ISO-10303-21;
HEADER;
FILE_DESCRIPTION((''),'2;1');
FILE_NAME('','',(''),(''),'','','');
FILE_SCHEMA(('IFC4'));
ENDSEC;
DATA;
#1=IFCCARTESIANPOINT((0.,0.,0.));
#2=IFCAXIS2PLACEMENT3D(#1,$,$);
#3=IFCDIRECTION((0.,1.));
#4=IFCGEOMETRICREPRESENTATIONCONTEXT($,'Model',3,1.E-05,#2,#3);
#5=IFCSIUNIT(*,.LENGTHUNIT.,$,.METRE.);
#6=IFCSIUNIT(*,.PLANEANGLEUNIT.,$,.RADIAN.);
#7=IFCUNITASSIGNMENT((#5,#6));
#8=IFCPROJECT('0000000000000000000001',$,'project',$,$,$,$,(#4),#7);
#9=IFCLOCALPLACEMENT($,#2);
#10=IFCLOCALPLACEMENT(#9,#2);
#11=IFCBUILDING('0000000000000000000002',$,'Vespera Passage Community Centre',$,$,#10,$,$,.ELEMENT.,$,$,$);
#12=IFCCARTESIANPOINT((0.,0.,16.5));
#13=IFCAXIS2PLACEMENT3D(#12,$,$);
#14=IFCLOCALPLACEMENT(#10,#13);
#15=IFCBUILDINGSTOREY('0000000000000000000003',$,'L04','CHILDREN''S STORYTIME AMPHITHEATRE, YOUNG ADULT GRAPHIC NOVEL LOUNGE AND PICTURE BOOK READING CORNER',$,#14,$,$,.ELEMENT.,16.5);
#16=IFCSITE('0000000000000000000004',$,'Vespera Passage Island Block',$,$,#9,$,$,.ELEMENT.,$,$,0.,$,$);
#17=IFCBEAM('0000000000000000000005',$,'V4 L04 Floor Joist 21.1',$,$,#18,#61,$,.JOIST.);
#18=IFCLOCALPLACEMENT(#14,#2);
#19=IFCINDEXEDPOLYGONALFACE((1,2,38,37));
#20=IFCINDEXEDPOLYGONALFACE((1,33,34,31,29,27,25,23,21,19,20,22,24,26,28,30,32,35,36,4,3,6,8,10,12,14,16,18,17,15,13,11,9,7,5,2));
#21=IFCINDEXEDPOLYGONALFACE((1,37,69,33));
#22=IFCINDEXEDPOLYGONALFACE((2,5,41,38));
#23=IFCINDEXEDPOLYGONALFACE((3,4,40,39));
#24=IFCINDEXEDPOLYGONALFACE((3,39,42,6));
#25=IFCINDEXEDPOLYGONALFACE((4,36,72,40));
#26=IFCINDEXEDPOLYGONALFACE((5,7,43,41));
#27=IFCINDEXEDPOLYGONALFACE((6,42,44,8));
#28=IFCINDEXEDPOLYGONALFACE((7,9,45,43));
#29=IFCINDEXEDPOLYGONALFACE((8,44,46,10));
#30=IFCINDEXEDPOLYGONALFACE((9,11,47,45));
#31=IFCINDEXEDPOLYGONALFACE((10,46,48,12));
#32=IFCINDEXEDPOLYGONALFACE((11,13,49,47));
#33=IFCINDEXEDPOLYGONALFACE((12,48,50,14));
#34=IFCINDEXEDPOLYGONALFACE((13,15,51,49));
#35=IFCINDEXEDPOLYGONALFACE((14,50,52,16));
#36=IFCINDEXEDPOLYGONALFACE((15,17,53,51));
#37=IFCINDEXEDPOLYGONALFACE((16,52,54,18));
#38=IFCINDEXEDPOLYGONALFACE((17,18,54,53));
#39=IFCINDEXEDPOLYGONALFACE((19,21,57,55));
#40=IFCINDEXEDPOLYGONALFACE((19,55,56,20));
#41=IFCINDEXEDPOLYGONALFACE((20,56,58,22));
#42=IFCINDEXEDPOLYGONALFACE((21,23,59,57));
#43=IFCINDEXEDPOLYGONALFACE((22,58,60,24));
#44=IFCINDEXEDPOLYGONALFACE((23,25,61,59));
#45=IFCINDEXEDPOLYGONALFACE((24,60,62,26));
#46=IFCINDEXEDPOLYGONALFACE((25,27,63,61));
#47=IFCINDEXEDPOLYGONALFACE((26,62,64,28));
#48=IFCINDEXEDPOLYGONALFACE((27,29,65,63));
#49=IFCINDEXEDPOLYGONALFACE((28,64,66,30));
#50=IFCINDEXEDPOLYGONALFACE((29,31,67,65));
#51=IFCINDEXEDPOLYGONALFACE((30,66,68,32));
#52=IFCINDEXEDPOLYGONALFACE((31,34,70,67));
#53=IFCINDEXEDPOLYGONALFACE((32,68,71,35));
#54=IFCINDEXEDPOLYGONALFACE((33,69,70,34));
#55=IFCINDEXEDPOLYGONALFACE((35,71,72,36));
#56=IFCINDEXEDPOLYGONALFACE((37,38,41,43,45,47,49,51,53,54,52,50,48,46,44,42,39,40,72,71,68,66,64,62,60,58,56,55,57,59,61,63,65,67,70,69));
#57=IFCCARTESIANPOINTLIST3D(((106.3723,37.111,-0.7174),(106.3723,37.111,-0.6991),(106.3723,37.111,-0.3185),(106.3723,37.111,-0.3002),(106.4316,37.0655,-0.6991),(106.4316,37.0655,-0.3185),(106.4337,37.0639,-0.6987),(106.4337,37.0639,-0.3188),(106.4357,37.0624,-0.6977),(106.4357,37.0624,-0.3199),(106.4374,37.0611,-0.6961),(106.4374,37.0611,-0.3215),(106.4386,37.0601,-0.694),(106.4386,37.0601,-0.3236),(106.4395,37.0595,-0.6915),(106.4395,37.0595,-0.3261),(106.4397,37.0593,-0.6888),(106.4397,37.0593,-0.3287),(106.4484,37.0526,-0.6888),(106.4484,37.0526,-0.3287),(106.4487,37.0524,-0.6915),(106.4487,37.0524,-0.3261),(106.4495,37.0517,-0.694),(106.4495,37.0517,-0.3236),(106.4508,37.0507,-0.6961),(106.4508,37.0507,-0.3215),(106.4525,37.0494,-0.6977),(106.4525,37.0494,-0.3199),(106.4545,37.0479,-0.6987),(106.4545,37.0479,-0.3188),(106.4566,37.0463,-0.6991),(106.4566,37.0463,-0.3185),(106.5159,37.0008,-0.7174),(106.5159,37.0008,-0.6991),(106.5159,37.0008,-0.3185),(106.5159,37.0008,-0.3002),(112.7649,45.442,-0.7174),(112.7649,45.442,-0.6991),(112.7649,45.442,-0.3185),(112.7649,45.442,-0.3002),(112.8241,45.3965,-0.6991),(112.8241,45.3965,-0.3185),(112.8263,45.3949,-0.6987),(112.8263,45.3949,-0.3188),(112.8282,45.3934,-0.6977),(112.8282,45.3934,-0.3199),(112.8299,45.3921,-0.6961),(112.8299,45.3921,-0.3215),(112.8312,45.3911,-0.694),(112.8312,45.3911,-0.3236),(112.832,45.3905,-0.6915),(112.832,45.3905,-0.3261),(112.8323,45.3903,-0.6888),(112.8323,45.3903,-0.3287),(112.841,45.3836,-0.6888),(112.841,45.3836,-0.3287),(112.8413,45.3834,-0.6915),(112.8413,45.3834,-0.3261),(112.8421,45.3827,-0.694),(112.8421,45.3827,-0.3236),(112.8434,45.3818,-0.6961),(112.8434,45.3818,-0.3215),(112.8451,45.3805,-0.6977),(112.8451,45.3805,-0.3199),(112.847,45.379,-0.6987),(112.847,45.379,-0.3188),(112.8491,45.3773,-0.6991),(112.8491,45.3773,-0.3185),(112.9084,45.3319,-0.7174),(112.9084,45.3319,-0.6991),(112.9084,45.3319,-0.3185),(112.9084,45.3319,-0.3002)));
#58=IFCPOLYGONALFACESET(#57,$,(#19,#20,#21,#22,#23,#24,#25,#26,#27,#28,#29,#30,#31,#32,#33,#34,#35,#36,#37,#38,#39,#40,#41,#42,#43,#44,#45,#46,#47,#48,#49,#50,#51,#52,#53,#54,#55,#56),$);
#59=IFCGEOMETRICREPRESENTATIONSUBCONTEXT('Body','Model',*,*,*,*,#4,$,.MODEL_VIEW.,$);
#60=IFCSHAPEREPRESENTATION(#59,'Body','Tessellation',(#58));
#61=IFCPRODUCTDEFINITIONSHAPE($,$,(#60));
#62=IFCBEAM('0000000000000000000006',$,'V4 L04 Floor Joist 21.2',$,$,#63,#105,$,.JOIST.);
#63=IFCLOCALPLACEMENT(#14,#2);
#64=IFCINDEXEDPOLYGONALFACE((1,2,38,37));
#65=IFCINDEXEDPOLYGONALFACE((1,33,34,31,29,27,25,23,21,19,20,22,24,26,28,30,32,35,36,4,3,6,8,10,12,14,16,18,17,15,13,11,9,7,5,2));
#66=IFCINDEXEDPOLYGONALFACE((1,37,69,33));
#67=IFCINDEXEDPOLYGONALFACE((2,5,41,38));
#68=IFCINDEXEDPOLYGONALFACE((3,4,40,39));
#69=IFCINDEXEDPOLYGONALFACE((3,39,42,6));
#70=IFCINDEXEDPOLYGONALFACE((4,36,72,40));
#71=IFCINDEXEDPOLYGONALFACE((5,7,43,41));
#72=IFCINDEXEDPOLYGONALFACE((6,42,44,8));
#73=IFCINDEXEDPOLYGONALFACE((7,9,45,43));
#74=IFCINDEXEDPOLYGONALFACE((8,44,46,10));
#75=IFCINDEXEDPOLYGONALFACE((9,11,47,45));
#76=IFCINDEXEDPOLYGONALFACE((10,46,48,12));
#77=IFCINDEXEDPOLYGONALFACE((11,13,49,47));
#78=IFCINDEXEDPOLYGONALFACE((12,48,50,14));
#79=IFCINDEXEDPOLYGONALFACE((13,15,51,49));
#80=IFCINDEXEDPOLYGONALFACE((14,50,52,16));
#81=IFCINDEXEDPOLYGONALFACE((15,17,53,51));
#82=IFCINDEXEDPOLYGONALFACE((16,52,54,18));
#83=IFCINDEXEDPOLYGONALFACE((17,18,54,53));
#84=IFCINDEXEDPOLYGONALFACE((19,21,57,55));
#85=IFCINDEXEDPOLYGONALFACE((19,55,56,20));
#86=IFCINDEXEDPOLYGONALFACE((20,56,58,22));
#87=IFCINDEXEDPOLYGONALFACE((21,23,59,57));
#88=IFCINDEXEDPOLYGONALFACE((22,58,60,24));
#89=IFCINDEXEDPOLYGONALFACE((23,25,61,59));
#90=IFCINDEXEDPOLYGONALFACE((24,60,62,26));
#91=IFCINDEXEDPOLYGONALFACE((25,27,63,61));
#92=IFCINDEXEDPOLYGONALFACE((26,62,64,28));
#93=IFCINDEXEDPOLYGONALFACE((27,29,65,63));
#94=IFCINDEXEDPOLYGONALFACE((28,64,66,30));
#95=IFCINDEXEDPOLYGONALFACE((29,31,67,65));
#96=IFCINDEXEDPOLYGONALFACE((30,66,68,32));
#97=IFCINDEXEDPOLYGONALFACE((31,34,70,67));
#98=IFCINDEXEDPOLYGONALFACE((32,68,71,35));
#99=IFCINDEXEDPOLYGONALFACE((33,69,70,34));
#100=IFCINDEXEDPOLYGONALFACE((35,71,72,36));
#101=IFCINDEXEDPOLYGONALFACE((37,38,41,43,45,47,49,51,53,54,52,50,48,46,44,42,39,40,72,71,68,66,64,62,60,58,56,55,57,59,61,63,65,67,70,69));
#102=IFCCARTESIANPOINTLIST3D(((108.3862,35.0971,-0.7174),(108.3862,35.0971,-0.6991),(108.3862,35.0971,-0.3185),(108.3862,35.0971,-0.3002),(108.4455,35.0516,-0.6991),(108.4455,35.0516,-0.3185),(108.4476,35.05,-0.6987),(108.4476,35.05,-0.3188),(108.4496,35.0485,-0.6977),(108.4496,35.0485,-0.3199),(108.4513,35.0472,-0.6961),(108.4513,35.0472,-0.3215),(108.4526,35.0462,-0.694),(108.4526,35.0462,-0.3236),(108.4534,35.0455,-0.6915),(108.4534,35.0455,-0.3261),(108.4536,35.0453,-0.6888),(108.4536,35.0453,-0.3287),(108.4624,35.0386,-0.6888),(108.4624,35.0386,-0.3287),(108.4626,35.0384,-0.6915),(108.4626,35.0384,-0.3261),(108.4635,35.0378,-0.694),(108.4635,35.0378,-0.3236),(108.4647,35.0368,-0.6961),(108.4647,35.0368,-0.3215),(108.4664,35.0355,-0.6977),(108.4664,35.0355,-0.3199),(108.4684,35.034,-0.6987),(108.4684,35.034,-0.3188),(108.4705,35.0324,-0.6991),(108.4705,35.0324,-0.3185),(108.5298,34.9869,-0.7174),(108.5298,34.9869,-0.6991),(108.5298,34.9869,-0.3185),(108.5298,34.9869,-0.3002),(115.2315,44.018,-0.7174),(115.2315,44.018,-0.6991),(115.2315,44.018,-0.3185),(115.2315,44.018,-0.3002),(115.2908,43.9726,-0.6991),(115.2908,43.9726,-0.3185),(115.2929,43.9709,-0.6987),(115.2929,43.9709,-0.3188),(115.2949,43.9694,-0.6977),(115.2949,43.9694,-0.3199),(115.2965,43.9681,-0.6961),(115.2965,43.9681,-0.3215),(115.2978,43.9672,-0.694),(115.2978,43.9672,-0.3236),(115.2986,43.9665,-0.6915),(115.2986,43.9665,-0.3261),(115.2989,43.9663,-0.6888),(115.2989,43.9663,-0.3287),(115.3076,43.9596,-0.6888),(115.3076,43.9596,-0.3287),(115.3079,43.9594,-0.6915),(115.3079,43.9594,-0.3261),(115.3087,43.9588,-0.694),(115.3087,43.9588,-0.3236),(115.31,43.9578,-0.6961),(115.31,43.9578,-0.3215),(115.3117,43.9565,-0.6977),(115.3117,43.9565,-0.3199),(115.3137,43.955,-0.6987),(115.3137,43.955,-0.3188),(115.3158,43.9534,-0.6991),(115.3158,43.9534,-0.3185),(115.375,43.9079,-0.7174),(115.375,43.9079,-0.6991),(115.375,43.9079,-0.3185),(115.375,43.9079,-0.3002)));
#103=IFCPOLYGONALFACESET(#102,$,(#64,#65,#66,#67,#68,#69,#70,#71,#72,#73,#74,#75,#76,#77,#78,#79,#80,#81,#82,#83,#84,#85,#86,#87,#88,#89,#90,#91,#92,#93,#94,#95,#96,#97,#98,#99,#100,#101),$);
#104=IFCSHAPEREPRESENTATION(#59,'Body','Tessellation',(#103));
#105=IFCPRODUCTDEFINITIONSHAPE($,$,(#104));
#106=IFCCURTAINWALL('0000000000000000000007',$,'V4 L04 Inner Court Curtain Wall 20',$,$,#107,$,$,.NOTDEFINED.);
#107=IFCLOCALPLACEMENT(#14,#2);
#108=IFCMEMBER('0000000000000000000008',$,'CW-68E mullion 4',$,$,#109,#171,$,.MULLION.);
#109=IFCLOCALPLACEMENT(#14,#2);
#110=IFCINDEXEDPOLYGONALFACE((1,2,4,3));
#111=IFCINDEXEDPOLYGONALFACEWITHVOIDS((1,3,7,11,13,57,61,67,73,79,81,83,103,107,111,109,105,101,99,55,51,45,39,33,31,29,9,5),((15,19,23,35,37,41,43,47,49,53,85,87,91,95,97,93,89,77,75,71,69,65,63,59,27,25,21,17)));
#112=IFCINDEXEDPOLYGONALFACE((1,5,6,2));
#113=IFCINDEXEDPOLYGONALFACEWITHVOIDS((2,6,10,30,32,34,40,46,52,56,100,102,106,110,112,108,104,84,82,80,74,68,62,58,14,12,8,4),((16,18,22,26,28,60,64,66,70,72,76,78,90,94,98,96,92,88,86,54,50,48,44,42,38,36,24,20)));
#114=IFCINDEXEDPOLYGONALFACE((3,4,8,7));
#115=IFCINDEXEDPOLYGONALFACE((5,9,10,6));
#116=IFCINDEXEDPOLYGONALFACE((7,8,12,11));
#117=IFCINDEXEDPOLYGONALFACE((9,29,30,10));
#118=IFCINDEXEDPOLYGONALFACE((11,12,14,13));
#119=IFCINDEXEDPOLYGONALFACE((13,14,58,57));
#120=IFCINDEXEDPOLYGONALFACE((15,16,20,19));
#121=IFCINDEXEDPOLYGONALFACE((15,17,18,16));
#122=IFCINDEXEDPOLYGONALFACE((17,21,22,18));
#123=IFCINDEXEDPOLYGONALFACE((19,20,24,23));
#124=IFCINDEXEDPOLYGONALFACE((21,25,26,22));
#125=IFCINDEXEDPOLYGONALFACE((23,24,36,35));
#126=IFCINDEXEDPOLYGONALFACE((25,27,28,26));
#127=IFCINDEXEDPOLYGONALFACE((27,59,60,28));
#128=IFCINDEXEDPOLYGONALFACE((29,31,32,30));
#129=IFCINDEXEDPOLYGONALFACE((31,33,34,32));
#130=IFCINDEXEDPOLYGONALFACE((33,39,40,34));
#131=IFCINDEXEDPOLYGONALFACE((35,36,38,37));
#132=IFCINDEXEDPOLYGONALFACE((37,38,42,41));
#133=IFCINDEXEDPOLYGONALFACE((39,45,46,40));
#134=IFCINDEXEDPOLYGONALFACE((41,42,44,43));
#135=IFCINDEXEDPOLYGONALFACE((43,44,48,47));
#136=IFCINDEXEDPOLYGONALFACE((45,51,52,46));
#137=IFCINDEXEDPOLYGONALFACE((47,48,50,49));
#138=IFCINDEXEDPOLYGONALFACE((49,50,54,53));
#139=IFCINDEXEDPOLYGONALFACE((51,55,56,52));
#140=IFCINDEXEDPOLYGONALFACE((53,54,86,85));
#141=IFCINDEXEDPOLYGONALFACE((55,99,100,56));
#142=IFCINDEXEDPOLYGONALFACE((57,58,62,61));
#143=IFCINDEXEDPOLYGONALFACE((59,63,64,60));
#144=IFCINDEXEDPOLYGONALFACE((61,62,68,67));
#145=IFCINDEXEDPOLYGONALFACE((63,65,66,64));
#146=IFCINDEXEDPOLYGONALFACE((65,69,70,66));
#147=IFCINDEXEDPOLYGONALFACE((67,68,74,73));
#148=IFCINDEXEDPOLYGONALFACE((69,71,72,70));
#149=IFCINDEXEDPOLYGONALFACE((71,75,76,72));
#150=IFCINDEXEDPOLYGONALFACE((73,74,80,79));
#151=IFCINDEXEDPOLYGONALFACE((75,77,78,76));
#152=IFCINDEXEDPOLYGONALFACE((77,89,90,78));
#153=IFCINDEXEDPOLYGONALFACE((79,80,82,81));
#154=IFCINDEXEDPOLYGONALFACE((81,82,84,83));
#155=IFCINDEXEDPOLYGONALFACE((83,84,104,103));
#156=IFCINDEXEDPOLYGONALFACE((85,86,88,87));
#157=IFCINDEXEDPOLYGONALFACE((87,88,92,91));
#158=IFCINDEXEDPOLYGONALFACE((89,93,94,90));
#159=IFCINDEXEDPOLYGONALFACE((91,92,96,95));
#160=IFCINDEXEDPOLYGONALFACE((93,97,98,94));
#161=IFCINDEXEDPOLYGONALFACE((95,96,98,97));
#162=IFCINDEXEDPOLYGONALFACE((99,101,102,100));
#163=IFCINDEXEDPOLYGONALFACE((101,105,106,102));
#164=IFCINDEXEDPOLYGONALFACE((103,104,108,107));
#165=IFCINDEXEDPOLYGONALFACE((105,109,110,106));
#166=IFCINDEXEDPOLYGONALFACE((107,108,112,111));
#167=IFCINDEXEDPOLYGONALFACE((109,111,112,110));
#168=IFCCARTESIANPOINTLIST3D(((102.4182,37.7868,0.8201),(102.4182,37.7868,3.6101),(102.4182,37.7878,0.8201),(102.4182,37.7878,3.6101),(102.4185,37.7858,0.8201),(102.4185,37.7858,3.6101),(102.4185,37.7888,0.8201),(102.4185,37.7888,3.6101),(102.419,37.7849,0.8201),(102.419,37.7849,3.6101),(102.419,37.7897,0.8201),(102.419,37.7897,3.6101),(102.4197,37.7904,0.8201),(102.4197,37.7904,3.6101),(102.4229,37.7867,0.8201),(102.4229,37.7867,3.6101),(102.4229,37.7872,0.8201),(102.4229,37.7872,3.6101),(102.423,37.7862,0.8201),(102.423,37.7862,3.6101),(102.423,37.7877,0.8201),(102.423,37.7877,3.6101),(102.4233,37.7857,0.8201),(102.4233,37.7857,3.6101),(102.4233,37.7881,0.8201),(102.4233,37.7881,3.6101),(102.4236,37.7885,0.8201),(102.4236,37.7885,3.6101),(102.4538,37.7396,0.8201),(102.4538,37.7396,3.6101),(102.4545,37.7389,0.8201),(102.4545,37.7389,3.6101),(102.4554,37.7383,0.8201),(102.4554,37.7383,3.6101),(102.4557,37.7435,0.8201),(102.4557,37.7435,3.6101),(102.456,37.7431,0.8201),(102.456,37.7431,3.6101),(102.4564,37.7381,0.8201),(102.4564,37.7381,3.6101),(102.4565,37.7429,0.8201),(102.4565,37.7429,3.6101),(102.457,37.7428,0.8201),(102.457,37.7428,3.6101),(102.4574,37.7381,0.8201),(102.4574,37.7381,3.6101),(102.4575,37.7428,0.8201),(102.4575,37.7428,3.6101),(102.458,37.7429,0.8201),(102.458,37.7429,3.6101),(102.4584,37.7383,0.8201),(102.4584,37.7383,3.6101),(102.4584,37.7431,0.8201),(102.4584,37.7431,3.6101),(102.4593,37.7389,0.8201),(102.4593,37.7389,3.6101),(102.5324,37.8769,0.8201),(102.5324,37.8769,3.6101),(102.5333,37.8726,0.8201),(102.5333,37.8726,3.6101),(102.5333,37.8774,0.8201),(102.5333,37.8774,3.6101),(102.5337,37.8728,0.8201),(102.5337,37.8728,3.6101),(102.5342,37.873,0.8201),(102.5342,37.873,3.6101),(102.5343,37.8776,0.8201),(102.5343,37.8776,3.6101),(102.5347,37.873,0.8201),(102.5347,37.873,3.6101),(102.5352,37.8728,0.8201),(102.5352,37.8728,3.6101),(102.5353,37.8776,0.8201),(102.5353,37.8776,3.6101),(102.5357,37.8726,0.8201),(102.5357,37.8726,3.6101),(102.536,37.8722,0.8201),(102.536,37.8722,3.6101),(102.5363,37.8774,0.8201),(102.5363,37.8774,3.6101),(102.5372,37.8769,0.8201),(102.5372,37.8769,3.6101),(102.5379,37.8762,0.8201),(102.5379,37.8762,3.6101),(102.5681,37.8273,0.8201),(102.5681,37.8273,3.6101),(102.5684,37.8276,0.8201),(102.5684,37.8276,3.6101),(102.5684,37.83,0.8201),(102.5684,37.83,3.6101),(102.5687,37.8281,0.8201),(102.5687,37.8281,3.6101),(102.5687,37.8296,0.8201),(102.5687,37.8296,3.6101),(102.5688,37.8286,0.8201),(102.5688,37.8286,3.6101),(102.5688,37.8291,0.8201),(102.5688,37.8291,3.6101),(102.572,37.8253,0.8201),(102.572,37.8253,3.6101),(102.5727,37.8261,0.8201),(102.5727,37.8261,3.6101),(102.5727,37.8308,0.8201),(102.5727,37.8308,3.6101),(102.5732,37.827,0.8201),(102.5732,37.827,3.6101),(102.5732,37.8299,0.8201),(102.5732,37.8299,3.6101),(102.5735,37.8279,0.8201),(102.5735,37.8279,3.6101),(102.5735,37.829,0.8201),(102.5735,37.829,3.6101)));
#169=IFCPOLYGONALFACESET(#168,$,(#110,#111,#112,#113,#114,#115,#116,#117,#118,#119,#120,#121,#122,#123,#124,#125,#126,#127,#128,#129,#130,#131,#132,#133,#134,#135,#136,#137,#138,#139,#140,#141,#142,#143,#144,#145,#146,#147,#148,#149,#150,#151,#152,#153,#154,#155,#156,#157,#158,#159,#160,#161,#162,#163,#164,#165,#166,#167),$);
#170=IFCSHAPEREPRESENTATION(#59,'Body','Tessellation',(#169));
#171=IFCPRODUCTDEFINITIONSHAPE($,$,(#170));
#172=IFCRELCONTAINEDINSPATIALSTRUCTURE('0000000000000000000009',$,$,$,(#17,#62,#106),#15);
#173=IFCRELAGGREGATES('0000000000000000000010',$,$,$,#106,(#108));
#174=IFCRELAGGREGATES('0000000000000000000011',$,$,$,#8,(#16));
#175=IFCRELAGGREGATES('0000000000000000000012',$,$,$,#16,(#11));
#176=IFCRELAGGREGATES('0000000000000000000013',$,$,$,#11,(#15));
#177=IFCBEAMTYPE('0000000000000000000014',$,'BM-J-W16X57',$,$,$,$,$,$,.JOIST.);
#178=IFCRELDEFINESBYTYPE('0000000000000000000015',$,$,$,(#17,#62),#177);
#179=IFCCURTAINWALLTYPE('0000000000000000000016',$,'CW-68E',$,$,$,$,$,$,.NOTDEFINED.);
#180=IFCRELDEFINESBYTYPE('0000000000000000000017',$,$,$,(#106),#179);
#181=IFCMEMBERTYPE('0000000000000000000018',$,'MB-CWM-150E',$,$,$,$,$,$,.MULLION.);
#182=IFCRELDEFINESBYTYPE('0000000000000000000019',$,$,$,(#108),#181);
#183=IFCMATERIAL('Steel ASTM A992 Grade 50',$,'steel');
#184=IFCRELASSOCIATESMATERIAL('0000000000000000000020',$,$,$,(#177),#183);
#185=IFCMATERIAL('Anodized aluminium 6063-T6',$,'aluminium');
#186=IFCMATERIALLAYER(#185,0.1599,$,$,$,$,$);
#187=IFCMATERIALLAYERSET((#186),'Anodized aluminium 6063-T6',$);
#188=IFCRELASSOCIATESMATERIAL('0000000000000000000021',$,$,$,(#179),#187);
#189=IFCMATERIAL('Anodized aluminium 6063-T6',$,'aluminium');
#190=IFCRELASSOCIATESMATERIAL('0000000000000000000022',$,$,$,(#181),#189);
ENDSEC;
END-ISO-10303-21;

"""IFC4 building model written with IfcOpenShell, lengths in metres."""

from ifc_helpers import new_model, si_unit, direction, frame, origin, origin_2d, place, context, subcontext, project, spatial, hollow_rectangle, i_section, extrude, material, layer, layer_set, material_profile, profile_set, type_object, element, aggregate, save


model = new_model("IFC4")

# Units and contexts
model_context = context("Model", 3, precision=1e-05, world=origin(), true_north=direction((0.0, 1.0)))
body_context = subcontext(model_context, "Body", "Model", "MODEL_VIEW")
ifc_project = project(units=[si_unit("LENGTHUNIT", "METRE"), si_unit("PLANEANGLEUNIT", "RADIAN")], contexts=[model_context])

# Site, building, storey
site_placement = place(None, origin())
site = spatial("IfcSite", under=ifc_project, at=site_placement, Name="Vespera Passage Island Block", CompositionType="ELEMENT", RefElevation=0.0)
building_placement = place(site_placement, origin())
building = spatial("IfcBuilding", under=site, at=building_placement, Name="Vespera Passage Community Centre", CompositionType="ELEMENT")
storey_placement = place(building_placement, frame((0.0, 0.0, 16.5)))
storey = spatial("IfcBuildingStorey", under=building, at=storey_placement, Name="L04", Description="CHILDREN'S STORYTIME AMPHITHEATRE, YOUNG ADULT GRAPHIC NOVEL LOUNGE AND PICTURE BOOK READING CORNER", CompositionType="ELEMENT", Elevation=16.5)

# Beams
ifc_material_1 = material(Name="Steel ASTM A992 Grade 50", Category="steel")
ifc_material_profile_1 = material_profile(ifc_material_1, i_section(OverallWidth=0.1809, OverallDepth=0.4172, WebThickness=0.011, FlangeThickness=0.0183, FilletRadius=0.0103, at=origin_2d()), Name="W16X57")
ifc_profile_set_1 = profile_set([ifc_material_profile_1], Name="Steel ASTM A992 Grade 50")
beam_type = type_object("IfcBeamType", Name="BM-J-W16X57", PredefinedType="JOIST", material=ifc_profile_set_1)
beam_1_placement = place(storey_placement, frame((106.4441, 37.0559, -0.5088), z_axis=(0.608758, 0.793356, 0.0), x_axis=(-0.793356, 0.608758, 0.0)))
element("IfcBeam", 1, at=beam_1_placement, inside=storey, type_object=beam_type, Name="V4 L04 Floor Joist 21.1", PredefinedType="JOIST", context=body_context, shape_type="SweptSolid", body=[
    extrude(i_section(OverallWidth=0.1809, OverallDepth=0.4172, WebThickness=0.011, FlangeThickness=0.0183, FilletRadius=0.0103, at=origin_2d()), origin(), (0.0, 0.0, 1.0), 10.501),
])
beam_2_placement = place(storey_placement, frame((108.458, 35.042, -0.5088), z_axis=(0.60876, 0.793355, 0.0), x_axis=(-0.793355, 0.60876, 0.0)))
element("IfcBeam", 2, at=beam_2_placement, inside=storey, type_object=beam_type, Name="V4 L04 Floor Joist 21.2", PredefinedType="JOIST", context=body_context, shape_type="SweptSolid", body=[
    extrude(i_section(OverallWidth=0.1809, OverallDepth=0.4172, WebThickness=0.011, FlangeThickness=0.0183, FilletRadius=0.0103, at=origin_2d()), origin(), (0.0, 0.0, 1.0), 11.2446),
])

# Curtain wall, member
ifc_material_2 = material(Name="Anodized aluminium 6063-T6", Category="aluminium")
ifc_layer_1 = layer(ifc_material_2, 0.1599)
ifc_layer_set_1 = layer_set([ifc_layer_1], Name="Anodized aluminium 6063-T6")
curtain_wall_type_1 = type_object("IfcCurtainWallType", Name="CW-68E", PredefinedType="NOTDEFINED", material=ifc_layer_set_1)
curtain_wall_1_placement = place(storey_placement, origin())
curtain_wall_1 = element("IfcCurtainWall", 3, at=curtain_wall_1_placement, inside=storey, type_object=curtain_wall_type_1, Name="V4 L04 Inner Court Curtain Wall 20", PredefinedType="NOTDEFINED")
ifc_material_3 = material(Name="Anodized aluminium 6063-T6", Category="aluminium")
ifc_material_profile_2 = material_profile(ifc_material_3, hollow_rectangle(XDim=0.0649, YDim=0.1499, WallThickness=0.0039, InnerFilletRadius=0.002, OuterFilletRadius=0.0039, at=origin_2d()), Name="ALU150X65X4")
ifc_profile_set_2 = profile_set([ifc_material_profile_2], Name="Anodized aluminium 6063-T6")
member_type_1 = type_object("IfcMemberType", Name="MB-CWM-150E", PredefinedType="MULLION", material=ifc_profile_set_2)
member_1_placement = place(storey_placement, frame((102.4958, 37.8079, 0.8201), z_axis=(0.0, 0.0, 1.0), x_axis=(-0.608755, 0.793358, 0.0)))
member_1 = element("IfcMember", 4, at=member_1_placement, type_object=member_type_1, Name="CW-68E mullion 4", PredefinedType="MULLION", context=body_context, shape_type="SweptSolid", body=[
    extrude(hollow_rectangle(XDim=0.0649, YDim=0.1499, WallThickness=0.0039, InnerFilletRadius=0.002, OuterFilletRadius=0.0039, at=origin_2d()), origin(), (0.0, 0.0, 1.0), 2.79),
])

aggregate(curtain_wall_1, [member_1])

save(model, "model.ifc")
